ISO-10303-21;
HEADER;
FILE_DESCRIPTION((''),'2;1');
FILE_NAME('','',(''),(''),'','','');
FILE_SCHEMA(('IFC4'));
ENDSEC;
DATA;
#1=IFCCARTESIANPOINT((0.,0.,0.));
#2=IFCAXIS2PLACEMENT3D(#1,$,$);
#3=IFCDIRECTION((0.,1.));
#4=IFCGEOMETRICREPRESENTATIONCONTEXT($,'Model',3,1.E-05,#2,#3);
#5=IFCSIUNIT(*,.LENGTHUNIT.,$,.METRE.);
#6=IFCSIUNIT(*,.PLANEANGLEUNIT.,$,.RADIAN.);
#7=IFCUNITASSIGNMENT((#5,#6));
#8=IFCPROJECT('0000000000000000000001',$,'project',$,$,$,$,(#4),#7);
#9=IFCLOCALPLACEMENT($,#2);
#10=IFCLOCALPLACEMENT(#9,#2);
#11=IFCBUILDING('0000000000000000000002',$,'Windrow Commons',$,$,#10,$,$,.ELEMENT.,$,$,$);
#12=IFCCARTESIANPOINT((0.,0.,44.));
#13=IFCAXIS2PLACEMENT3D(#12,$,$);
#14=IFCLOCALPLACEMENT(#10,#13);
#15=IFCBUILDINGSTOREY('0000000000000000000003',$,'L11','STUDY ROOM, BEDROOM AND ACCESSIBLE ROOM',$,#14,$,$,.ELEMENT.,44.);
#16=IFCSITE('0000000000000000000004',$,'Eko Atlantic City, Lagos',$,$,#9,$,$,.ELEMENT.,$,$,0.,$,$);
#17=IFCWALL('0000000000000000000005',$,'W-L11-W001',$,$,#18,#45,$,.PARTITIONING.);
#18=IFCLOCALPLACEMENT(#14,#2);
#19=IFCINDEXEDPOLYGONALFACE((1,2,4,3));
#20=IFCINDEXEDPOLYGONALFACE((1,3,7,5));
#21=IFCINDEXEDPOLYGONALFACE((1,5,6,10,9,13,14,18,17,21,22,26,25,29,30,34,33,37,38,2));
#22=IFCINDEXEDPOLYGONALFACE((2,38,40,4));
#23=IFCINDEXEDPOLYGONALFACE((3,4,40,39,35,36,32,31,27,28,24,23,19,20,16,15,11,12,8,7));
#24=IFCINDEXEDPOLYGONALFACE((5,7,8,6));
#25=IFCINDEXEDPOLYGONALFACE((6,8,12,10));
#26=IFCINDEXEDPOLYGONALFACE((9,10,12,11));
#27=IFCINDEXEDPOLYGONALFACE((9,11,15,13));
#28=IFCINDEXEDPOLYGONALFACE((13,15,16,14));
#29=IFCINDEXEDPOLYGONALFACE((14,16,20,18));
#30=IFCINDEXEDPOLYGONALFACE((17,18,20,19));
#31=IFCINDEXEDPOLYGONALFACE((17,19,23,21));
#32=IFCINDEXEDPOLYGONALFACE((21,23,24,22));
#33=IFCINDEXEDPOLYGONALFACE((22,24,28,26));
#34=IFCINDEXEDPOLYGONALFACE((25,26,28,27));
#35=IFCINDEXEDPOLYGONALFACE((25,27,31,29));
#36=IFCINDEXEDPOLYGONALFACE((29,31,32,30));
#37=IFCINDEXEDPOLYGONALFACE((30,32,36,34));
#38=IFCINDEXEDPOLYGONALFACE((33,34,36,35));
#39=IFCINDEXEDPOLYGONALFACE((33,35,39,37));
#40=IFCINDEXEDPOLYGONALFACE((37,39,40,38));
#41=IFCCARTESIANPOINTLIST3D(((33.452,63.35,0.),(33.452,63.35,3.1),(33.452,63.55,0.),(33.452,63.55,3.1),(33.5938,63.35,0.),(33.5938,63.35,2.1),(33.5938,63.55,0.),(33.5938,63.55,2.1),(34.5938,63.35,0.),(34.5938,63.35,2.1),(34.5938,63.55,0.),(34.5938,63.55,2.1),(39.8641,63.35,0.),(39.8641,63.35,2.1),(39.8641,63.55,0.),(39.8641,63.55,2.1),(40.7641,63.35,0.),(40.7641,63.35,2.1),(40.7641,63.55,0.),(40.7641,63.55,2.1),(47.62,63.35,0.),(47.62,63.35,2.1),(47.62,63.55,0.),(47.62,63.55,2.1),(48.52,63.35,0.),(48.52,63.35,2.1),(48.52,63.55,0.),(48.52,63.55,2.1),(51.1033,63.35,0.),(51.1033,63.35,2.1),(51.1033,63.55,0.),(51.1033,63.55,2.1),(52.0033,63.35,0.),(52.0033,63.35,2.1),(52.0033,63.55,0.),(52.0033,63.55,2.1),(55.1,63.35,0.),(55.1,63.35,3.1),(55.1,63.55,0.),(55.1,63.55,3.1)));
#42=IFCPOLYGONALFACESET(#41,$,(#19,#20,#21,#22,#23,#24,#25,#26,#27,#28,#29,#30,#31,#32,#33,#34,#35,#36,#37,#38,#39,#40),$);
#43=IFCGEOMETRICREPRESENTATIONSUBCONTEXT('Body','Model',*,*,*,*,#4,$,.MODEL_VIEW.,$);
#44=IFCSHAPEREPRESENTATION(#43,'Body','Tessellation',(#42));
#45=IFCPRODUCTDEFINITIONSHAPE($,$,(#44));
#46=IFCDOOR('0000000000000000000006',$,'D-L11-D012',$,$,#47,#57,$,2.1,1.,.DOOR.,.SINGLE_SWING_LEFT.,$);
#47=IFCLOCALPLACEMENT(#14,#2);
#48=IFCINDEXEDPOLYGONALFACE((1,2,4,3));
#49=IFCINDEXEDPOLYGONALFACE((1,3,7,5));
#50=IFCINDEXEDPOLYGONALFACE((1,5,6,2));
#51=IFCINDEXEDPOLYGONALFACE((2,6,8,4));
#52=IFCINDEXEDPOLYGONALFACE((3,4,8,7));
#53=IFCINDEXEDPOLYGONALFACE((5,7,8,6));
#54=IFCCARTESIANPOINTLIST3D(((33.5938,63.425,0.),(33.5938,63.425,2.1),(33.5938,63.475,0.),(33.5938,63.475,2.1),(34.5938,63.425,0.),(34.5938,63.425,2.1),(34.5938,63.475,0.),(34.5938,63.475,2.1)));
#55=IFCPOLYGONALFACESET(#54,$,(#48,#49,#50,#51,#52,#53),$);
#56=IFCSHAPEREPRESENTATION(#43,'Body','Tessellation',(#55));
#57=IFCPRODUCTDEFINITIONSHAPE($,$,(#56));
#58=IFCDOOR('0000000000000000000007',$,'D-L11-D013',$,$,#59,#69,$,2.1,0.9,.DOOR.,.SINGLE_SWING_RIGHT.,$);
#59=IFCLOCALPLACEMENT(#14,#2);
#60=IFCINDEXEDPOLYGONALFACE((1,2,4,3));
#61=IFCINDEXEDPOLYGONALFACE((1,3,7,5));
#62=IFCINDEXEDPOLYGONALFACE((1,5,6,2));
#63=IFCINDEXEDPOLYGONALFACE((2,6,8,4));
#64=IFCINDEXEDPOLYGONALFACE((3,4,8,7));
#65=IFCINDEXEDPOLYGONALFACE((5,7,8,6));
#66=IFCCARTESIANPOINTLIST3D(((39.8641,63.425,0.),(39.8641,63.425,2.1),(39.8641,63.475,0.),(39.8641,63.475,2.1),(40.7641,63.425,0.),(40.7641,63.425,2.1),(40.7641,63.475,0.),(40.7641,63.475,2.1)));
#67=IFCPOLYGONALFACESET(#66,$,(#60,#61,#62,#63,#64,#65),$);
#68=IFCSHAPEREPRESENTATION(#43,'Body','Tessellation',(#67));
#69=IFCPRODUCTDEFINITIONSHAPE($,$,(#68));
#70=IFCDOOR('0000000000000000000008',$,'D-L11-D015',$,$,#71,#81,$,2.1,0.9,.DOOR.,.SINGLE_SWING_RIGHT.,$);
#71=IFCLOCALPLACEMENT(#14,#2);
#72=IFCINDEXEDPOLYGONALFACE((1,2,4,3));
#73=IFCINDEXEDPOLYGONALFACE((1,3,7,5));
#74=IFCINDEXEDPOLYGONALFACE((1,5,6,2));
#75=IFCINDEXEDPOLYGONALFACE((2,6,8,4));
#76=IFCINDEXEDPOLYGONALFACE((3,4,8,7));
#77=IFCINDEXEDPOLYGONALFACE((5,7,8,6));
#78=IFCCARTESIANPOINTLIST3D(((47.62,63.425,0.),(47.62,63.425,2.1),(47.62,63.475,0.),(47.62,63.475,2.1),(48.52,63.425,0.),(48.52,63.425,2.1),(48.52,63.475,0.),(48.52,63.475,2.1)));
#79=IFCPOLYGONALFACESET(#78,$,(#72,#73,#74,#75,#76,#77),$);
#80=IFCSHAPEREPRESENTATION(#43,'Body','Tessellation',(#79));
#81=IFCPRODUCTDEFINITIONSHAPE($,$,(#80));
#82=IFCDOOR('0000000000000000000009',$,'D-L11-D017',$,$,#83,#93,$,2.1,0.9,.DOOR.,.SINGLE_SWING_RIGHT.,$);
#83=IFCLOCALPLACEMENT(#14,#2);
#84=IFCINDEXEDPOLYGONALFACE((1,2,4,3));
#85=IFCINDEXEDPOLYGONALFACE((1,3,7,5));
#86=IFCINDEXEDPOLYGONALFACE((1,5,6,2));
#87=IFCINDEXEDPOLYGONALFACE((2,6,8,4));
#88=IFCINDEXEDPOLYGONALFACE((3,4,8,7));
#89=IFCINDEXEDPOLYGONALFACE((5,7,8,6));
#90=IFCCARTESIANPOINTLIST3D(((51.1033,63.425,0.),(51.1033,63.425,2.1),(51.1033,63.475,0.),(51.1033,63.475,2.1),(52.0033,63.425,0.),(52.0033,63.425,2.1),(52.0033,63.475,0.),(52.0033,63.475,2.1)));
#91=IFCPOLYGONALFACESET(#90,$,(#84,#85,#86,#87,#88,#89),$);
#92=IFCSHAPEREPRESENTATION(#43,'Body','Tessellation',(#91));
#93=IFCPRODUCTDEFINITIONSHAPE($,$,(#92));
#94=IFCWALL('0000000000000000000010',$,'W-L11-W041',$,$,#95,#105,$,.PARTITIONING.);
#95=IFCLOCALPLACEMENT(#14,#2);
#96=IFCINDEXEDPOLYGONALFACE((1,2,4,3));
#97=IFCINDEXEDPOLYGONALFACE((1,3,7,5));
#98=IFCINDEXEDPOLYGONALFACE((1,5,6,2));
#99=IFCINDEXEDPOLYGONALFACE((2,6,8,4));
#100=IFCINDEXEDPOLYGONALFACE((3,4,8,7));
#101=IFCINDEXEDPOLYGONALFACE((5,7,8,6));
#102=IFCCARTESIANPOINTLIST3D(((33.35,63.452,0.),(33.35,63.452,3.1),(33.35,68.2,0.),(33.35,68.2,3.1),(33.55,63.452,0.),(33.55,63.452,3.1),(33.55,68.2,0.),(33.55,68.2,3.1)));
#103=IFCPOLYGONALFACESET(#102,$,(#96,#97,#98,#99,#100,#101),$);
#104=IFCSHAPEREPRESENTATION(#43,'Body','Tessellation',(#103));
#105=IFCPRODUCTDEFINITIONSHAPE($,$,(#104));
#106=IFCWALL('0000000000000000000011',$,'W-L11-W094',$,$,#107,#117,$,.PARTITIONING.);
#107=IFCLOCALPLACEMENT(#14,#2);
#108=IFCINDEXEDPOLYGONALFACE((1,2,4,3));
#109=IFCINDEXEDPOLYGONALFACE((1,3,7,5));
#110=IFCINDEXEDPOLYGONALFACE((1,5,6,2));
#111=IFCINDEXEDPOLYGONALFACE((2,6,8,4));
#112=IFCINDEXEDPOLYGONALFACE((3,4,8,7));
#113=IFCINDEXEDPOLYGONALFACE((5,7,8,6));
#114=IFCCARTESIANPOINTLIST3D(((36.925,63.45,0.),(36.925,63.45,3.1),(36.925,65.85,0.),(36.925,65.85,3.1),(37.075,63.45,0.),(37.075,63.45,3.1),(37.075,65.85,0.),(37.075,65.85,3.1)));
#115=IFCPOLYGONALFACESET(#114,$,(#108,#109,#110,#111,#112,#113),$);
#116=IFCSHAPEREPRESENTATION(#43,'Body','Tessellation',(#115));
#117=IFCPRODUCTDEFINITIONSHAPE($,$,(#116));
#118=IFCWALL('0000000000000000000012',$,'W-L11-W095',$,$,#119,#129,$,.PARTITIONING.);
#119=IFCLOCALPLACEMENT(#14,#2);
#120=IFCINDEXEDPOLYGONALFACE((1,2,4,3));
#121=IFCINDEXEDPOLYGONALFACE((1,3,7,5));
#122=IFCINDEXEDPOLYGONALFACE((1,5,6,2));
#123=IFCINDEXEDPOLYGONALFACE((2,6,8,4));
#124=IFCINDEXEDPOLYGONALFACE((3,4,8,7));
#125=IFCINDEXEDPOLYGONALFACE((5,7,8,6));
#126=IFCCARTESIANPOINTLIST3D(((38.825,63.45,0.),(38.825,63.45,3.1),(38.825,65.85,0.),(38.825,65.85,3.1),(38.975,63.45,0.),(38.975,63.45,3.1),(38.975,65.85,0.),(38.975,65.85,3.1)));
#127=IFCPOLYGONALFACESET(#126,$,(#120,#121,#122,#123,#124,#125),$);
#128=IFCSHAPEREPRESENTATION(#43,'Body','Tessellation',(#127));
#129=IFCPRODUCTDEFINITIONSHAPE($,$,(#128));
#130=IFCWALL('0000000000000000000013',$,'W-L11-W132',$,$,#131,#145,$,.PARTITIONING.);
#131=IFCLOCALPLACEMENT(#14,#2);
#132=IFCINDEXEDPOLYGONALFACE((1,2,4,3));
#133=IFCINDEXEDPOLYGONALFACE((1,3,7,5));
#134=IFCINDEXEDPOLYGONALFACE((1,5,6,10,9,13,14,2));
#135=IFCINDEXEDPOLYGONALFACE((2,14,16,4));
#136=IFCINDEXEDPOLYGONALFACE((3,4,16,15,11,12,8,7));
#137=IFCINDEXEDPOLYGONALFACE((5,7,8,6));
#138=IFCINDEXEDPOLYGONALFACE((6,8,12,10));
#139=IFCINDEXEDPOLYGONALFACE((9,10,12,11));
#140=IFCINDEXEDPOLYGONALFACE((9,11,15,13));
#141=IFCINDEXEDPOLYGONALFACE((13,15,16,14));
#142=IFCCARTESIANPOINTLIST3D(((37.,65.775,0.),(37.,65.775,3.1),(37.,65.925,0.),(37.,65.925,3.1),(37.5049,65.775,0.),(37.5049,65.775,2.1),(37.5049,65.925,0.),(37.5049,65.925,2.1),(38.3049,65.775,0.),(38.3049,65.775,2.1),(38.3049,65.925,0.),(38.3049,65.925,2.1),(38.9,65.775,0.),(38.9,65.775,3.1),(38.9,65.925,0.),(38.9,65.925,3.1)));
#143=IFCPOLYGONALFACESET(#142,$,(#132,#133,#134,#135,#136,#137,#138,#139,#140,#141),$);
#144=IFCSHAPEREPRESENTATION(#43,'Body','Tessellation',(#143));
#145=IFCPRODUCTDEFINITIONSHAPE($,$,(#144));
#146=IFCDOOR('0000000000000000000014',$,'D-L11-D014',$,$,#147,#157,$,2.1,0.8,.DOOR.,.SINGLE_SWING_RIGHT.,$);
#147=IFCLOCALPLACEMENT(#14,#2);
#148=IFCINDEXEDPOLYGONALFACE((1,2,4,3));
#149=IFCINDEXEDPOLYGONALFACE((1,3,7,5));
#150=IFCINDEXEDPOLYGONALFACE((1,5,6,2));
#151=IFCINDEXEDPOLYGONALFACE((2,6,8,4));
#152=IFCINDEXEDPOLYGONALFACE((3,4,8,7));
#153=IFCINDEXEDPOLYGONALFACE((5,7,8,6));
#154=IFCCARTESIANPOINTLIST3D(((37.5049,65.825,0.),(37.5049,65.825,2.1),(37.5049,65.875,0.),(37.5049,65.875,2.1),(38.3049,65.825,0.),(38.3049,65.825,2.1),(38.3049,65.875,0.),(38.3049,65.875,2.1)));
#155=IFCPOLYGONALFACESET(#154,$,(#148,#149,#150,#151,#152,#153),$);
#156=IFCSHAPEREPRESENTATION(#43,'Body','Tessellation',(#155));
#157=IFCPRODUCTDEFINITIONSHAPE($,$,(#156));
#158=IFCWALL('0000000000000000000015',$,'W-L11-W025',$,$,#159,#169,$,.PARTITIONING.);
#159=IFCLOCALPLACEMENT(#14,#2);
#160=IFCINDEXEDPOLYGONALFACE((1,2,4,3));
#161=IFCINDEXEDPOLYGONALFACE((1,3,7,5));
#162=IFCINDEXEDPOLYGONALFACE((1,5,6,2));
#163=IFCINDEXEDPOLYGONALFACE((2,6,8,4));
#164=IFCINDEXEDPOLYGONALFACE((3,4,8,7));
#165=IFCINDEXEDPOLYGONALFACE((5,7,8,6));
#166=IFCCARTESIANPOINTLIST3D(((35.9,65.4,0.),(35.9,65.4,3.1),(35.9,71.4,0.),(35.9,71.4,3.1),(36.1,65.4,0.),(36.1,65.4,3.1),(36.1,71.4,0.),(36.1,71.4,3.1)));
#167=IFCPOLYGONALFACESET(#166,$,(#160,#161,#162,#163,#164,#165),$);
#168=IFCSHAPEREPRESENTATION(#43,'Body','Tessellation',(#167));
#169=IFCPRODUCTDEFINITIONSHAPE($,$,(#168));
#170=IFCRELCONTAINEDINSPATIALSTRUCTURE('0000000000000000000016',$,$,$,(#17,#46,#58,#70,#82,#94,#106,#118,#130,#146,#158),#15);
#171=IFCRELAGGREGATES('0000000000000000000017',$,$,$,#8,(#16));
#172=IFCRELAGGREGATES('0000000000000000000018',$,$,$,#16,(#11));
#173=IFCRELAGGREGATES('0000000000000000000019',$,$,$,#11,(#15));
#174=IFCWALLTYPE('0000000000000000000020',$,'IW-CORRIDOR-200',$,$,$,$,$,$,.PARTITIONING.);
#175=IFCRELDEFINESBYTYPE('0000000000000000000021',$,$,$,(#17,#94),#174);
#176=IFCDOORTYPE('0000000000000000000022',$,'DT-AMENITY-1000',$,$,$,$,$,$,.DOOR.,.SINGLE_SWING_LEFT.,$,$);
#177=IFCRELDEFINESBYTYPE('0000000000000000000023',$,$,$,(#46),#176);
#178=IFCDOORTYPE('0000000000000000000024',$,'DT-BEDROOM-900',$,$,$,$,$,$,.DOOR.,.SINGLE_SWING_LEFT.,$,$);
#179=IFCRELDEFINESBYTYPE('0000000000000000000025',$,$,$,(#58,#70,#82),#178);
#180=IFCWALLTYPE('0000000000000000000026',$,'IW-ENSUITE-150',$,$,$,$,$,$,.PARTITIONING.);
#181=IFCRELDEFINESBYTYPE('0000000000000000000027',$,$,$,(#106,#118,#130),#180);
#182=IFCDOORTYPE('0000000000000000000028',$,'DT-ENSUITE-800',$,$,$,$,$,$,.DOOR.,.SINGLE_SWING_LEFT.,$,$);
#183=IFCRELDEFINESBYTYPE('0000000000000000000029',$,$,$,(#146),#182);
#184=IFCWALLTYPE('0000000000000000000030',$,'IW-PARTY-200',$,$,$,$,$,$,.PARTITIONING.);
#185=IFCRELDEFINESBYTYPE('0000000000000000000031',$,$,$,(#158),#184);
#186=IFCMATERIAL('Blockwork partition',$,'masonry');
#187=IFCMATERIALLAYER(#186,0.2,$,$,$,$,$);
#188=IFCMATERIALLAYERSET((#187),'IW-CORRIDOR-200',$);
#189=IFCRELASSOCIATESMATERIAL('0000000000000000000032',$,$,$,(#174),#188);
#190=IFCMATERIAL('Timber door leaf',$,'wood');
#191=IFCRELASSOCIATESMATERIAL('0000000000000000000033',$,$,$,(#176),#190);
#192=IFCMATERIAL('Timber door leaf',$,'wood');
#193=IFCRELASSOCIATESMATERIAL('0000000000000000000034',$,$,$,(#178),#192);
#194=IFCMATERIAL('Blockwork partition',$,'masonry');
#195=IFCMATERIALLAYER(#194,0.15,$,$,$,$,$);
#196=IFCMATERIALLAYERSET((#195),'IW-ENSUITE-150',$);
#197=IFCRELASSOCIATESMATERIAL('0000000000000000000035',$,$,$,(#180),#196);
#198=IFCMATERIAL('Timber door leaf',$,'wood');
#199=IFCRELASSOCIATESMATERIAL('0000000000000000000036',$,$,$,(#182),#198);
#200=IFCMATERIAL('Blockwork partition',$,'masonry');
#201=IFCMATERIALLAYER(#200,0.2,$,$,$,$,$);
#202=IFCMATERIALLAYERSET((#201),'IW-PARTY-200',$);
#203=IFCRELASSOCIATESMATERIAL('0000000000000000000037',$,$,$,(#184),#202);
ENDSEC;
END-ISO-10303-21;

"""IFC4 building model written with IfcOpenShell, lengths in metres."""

from ifc_helpers import new_model, si_unit, direction, frame, frame_2d, origin, place, context, subcontext, project, spatial, rectangle, extrude, material, layer, layer_set, type_object, element, fill, save


model = new_model("IFC4")

# Units and contexts
model_context = context("Model", 3, precision=1e-05, world=origin(), true_north=direction((0.0, 1.0)))
body_context = subcontext(model_context, "Body", "Model", "MODEL_VIEW")
ifc_project = project(units=[si_unit("LENGTHUNIT", "METRE"), si_unit("PLANEANGLEUNIT", "RADIAN")], contexts=[model_context])

# Site, building, storey
site_placement = place(None, origin())
site = spatial("IfcSite", under=ifc_project, at=site_placement, Name="Eko Atlantic City, Lagos", CompositionType="ELEMENT", RefElevation=0.0)
building_placement = place(site_placement, origin())
building = spatial("IfcBuilding", under=site, at=building_placement, Name="Windrow Commons", CompositionType="ELEMENT")
storey_placement = place(building_placement, frame((0.0, 0.0, 44.0)))
storey = spatial("IfcBuildingStorey", under=building, at=storey_placement, Name="L11", Description="STUDY ROOM, BEDROOM AND ACCESSIBLE ROOM", CompositionType="ELEMENT", Elevation=44.0)

# Wall, openings, doors
ifc_material_1 = material(Name="Blockwork partition", Category="masonry")
ifc_layer_1 = layer(ifc_material_1, 0.2)
ifc_layer_set_1 = layer_set([ifc_layer_1], Name="IW-CORRIDOR-200")
wall_type_1 = type_object("IfcWallType", Name="IW-CORRIDOR-200", PredefinedType="PARTITIONING", material=ifc_layer_set_1)
wall_1_placement = place(storey_placement, frame((33.452, 63.45, 0.0), z_axis=(0.0, 0.0, 1.0), x_axis=(1.0, 0.0, 0.0)))
wall_1 = element("IfcWall", 1, at=wall_1_placement, inside=storey, type_object=wall_type_1, Name="W-L11-W001", PredefinedType="PARTITIONING", context=body_context, shape_type="SweptSolid", body=[
    extrude(rectangle(XDim=21.648, YDim=0.2, at=frame_2d((10.824, 0.0))), origin(), (0.0, 0.0, 1.0), 3.1),
])
opening_1_placement = place(wall_1_placement, frame((0.1418, 0.0, 0.0)))
opening_1 = element("IfcOpeningElement", 2, at=opening_1_placement, cuts=wall_1, PredefinedType="OPENING", context=body_context, shape_type="SweptSolid", body=[
    extrude(rectangle(XDim=1.0, YDim=2.1, at=frame_2d((0.5, 1.05))), frame((0.0, 0.11, 0.0), z_axis=(0.0, -1.0, 0.0), x_axis=(1.0, 0.0, 0.0)), (0.0, 0.0, 1.0), 0.22),
])
opening_2_placement = place(wall_1_placement, frame((6.4121, 0.0, 0.0)))
opening_2 = element("IfcOpeningElement", 3, at=opening_2_placement, cuts=wall_1, PredefinedType="OPENING", context=body_context, shape_type="SweptSolid", body=[
    extrude(rectangle(XDim=0.9, YDim=2.1, at=frame_2d((0.45, 1.05))), frame((0.0, 0.11, 0.0), z_axis=(0.0, -1.0, 0.0), x_axis=(1.0, 0.0, 0.0)), (0.0, 0.0, 1.0), 0.22),
])
opening_3_placement = place(wall_1_placement, frame((14.168, 0.0, 0.0)))
opening_3 = element("IfcOpeningElement", 4, at=opening_3_placement, cuts=wall_1, PredefinedType="OPENING", context=body_context, shape_type="SweptSolid", body=[
    extrude(rectangle(XDim=0.9, YDim=2.1, at=frame_2d((0.45, 1.05))), frame((0.0, 0.11, 0.0), z_axis=(0.0, -1.0, 0.0), x_axis=(1.0, 0.0, 0.0)), (0.0, 0.0, 1.0), 0.22),
])
opening_4_placement = place(wall_1_placement, frame((17.6513, 0.0, 0.0)))
opening_4 = element("IfcOpeningElement", 5, at=opening_4_placement, cuts=wall_1, PredefinedType="OPENING", context=body_context, shape_type="SweptSolid", body=[
    extrude(rectangle(XDim=0.9, YDim=2.1, at=frame_2d((0.45, 1.05))), frame((0.0, 0.11, 0.0), z_axis=(0.0, -1.0, 0.0), x_axis=(1.0, 0.0, 0.0)), (0.0, 0.0, 1.0), 0.22),
])
ifc_material_2 = material(Name="Timber door leaf", Category="wood")
door_type_1 = type_object("IfcDoorType", Name="DT-AMENITY-1000", OperationType="SINGLE_SWING_LEFT", PredefinedType="DOOR", material=ifc_material_2)
door_1_placement = place(opening_1_placement, origin())
door_1 = element("IfcDoor", 6, at=door_1_placement, inside=storey, type_object=door_type_1, Name="D-L11-D012", OperationType="SINGLE_SWING_LEFT", OverallHeight=2.1, OverallWidth=1.0, PredefinedType="DOOR", context=body_context, shape_type="SweptSolid", body=[
    extrude(rectangle(XDim=1.0, YDim=2.1, at=frame_2d((0.5, 1.05))), frame((0.0, 0.025, 0.0), z_axis=(0.0, -1.0, 0.0), x_axis=(1.0, 0.0, 0.0)), (0.0, 0.0, 1.0), 0.05),
])
fill(opening_1, door_1)
ifc_material_3 = material(Name="Timber door leaf", Category="wood")
door_type_2 = type_object("IfcDoorType", Name="DT-BEDROOM-900", OperationType="SINGLE_SWING_LEFT", PredefinedType="DOOR", material=ifc_material_3)
door_2_placement = place(opening_2_placement, origin())
door_2 = element("IfcDoor", 7, at=door_2_placement, inside=storey, type_object=door_type_2, Name="D-L11-D013", OperationType="SINGLE_SWING_RIGHT", OverallHeight=2.1, OverallWidth=0.9, PredefinedType="DOOR", context=body_context, shape_type="SweptSolid", body=[
    extrude(rectangle(XDim=0.9, YDim=2.1, at=frame_2d((0.45, 1.05))), frame((0.0, 0.025, 0.0), z_axis=(0.0, -1.0, 0.0), x_axis=(1.0, 0.0, 0.0)), (0.0, 0.0, 1.0), 0.05),
])
fill(opening_2, door_2)
door_3_placement = place(opening_3_placement, origin())
door_3 = element("IfcDoor", 8, at=door_3_placement, inside=storey, type_object=door_type_2, Name="D-L11-D015", OperationType="SINGLE_SWING_RIGHT", OverallHeight=2.1, OverallWidth=0.9, PredefinedType="DOOR", context=body_context, shape_type="SweptSolid", body=[
    extrude(rectangle(XDim=0.9, YDim=2.1, at=frame_2d((0.45, 1.05))), frame((0.0, 0.025, 0.0), z_axis=(0.0, -1.0, 0.0), x_axis=(1.0, 0.0, 0.0)), (0.0, 0.0, 1.0), 0.05),
])
fill(opening_3, door_3)
door_4_placement = place(opening_4_placement, origin())
door_4 = element("IfcDoor", 9, at=door_4_placement, inside=storey, type_object=door_type_2, Name="D-L11-D017", OperationType="SINGLE_SWING_RIGHT", OverallHeight=2.1, OverallWidth=0.9, PredefinedType="DOOR", context=body_context, shape_type="SweptSolid", body=[
    extrude(rectangle(XDim=0.9, YDim=2.1, at=frame_2d((0.45, 1.05))), frame((0.0, 0.025, 0.0), z_axis=(0.0, -1.0, 0.0), x_axis=(1.0, 0.0, 0.0)), (0.0, 0.0, 1.0), 0.05),
])
fill(opening_4, door_4)

# Walls
wall_2_placement = place(storey_placement, frame((33.45, 63.452, 0.0), z_axis=(0.0, 0.0, 1.0), x_axis=(0.0, 1.0, 0.0)))
element("IfcWall", 10, at=wall_2_placement, inside=storey, type_object=wall_type_1, Name="W-L11-W041", PredefinedType="PARTITIONING", context=body_context, shape_type="SweptSolid", body=[
    extrude(rectangle(XDim=4.748, YDim=0.2, at=frame_2d((2.374, 0.0))), origin(), (0.0, 0.0, 1.0), 3.1),
])
ifc_material_4 = material(Name="Blockwork partition", Category="masonry")
ifc_layer_2 = layer(ifc_material_4, 0.15)
ifc_layer_set_2 = layer_set([ifc_layer_2], Name="IW-ENSUITE-150")
wall_type_2 = type_object("IfcWallType", Name="IW-ENSUITE-150", PredefinedType="PARTITIONING", material=ifc_layer_set_2)
for number, where, z_axis, x_axis, name in (
    (11, (37.0, 63.45, 0.0), (0.0, 0.0, 1.0), (0.0, 1.0, 0.0), "W-L11-W094"),
    (12, (38.9, 63.45, 0.0), (0.0, 0.0, 1.0), (0.0, 1.0, 0.0), "W-L11-W095"),
):
    element("IfcWall", number, at=place(storey_placement, frame(where, z_axis=z_axis, x_axis=x_axis)), inside=storey, type_object=wall_type_2, Name=name, PredefinedType="PARTITIONING", context=body_context, shape_type="SweptSolid", body=[
        extrude(rectangle(XDim=2.4, YDim=0.15, at=frame_2d((1.2, 0.0))), origin(), (0.0, 0.0, 1.0), 3.1),
    ])

# Wall, opening, door
wall_3_placement = place(storey_placement, frame((37.0, 65.85, 0.0), z_axis=(0.0, 0.0, 1.0), x_axis=(1.0, 0.0, 0.0)))
wall_3 = element("IfcWall", 13, at=wall_3_placement, inside=storey, type_object=wall_type_2, Name="W-L11-W132", PredefinedType="PARTITIONING", context=body_context, shape_type="SweptSolid", body=[
    extrude(rectangle(XDim=1.9, YDim=0.15, at=frame_2d((0.95, 0.0))), origin(), (0.0, 0.0, 1.0), 3.1),
])
opening_5_placement = place(wall_3_placement, frame((0.5049, 0.0, 0.0)))
opening_5 = element("IfcOpeningElement", 14, at=opening_5_placement, cuts=wall_3, PredefinedType="OPENING", context=body_context, shape_type="SweptSolid", body=[
    extrude(rectangle(XDim=0.8, YDim=2.1, at=frame_2d((0.4, 1.05))), frame((0.0, 0.085, 0.0), z_axis=(0.0, -1.0, 0.0), x_axis=(1.0, 0.0, 0.0)), (0.0, 0.0, 1.0), 0.17),
])
ifc_material_5 = material(Name="Timber door leaf", Category="wood")
door_type_3 = type_object("IfcDoorType", Name="DT-ENSUITE-800", OperationType="SINGLE_SWING_LEFT", PredefinedType="DOOR", material=ifc_material_5)
door_5_placement = place(opening_5_placement, origin())
door_5 = element("IfcDoor", 15, at=door_5_placement, inside=storey, type_object=door_type_3, Name="D-L11-D014", OperationType="SINGLE_SWING_RIGHT", OverallHeight=2.1, OverallWidth=0.8, PredefinedType="DOOR", context=body_context, shape_type="SweptSolid", body=[
    extrude(rectangle(XDim=0.8, YDim=2.1, at=frame_2d((0.4, 1.05))), frame((0.0, 0.025, 0.0), z_axis=(0.0, -1.0, 0.0), x_axis=(1.0, 0.0, 0.0)), (0.0, 0.0, 1.0), 0.05),
])
fill(opening_5, door_5)

# Wall
ifc_material_6 = material(Name="Blockwork partition", Category="masonry")
ifc_layer_3 = layer(ifc_material_6, 0.2)
ifc_layer_set_3 = layer_set([ifc_layer_3], Name="IW-PARTY-200")
wall_type_3 = type_object("IfcWallType", Name="IW-PARTY-200", PredefinedType="PARTITIONING", material=ifc_layer_set_3)
wall_4_placement = place(storey_placement, frame((36.0, 65.4, 0.0), z_axis=(0.0, 0.0, 1.0), x_axis=(0.0, 1.0, 0.0)))
element("IfcWall", 16, at=wall_4_placement, inside=storey, type_object=wall_type_3, Name="W-L11-W025", PredefinedType="PARTITIONING", context=body_context, shape_type="SweptSolid", body=[
    extrude(rectangle(XDim=6.0, YDim=0.2, at=frame_2d((3.0, 0.0))), origin(), (0.0, 0.0, 1.0), 3.1),
])

save(model, "model.ifc")
